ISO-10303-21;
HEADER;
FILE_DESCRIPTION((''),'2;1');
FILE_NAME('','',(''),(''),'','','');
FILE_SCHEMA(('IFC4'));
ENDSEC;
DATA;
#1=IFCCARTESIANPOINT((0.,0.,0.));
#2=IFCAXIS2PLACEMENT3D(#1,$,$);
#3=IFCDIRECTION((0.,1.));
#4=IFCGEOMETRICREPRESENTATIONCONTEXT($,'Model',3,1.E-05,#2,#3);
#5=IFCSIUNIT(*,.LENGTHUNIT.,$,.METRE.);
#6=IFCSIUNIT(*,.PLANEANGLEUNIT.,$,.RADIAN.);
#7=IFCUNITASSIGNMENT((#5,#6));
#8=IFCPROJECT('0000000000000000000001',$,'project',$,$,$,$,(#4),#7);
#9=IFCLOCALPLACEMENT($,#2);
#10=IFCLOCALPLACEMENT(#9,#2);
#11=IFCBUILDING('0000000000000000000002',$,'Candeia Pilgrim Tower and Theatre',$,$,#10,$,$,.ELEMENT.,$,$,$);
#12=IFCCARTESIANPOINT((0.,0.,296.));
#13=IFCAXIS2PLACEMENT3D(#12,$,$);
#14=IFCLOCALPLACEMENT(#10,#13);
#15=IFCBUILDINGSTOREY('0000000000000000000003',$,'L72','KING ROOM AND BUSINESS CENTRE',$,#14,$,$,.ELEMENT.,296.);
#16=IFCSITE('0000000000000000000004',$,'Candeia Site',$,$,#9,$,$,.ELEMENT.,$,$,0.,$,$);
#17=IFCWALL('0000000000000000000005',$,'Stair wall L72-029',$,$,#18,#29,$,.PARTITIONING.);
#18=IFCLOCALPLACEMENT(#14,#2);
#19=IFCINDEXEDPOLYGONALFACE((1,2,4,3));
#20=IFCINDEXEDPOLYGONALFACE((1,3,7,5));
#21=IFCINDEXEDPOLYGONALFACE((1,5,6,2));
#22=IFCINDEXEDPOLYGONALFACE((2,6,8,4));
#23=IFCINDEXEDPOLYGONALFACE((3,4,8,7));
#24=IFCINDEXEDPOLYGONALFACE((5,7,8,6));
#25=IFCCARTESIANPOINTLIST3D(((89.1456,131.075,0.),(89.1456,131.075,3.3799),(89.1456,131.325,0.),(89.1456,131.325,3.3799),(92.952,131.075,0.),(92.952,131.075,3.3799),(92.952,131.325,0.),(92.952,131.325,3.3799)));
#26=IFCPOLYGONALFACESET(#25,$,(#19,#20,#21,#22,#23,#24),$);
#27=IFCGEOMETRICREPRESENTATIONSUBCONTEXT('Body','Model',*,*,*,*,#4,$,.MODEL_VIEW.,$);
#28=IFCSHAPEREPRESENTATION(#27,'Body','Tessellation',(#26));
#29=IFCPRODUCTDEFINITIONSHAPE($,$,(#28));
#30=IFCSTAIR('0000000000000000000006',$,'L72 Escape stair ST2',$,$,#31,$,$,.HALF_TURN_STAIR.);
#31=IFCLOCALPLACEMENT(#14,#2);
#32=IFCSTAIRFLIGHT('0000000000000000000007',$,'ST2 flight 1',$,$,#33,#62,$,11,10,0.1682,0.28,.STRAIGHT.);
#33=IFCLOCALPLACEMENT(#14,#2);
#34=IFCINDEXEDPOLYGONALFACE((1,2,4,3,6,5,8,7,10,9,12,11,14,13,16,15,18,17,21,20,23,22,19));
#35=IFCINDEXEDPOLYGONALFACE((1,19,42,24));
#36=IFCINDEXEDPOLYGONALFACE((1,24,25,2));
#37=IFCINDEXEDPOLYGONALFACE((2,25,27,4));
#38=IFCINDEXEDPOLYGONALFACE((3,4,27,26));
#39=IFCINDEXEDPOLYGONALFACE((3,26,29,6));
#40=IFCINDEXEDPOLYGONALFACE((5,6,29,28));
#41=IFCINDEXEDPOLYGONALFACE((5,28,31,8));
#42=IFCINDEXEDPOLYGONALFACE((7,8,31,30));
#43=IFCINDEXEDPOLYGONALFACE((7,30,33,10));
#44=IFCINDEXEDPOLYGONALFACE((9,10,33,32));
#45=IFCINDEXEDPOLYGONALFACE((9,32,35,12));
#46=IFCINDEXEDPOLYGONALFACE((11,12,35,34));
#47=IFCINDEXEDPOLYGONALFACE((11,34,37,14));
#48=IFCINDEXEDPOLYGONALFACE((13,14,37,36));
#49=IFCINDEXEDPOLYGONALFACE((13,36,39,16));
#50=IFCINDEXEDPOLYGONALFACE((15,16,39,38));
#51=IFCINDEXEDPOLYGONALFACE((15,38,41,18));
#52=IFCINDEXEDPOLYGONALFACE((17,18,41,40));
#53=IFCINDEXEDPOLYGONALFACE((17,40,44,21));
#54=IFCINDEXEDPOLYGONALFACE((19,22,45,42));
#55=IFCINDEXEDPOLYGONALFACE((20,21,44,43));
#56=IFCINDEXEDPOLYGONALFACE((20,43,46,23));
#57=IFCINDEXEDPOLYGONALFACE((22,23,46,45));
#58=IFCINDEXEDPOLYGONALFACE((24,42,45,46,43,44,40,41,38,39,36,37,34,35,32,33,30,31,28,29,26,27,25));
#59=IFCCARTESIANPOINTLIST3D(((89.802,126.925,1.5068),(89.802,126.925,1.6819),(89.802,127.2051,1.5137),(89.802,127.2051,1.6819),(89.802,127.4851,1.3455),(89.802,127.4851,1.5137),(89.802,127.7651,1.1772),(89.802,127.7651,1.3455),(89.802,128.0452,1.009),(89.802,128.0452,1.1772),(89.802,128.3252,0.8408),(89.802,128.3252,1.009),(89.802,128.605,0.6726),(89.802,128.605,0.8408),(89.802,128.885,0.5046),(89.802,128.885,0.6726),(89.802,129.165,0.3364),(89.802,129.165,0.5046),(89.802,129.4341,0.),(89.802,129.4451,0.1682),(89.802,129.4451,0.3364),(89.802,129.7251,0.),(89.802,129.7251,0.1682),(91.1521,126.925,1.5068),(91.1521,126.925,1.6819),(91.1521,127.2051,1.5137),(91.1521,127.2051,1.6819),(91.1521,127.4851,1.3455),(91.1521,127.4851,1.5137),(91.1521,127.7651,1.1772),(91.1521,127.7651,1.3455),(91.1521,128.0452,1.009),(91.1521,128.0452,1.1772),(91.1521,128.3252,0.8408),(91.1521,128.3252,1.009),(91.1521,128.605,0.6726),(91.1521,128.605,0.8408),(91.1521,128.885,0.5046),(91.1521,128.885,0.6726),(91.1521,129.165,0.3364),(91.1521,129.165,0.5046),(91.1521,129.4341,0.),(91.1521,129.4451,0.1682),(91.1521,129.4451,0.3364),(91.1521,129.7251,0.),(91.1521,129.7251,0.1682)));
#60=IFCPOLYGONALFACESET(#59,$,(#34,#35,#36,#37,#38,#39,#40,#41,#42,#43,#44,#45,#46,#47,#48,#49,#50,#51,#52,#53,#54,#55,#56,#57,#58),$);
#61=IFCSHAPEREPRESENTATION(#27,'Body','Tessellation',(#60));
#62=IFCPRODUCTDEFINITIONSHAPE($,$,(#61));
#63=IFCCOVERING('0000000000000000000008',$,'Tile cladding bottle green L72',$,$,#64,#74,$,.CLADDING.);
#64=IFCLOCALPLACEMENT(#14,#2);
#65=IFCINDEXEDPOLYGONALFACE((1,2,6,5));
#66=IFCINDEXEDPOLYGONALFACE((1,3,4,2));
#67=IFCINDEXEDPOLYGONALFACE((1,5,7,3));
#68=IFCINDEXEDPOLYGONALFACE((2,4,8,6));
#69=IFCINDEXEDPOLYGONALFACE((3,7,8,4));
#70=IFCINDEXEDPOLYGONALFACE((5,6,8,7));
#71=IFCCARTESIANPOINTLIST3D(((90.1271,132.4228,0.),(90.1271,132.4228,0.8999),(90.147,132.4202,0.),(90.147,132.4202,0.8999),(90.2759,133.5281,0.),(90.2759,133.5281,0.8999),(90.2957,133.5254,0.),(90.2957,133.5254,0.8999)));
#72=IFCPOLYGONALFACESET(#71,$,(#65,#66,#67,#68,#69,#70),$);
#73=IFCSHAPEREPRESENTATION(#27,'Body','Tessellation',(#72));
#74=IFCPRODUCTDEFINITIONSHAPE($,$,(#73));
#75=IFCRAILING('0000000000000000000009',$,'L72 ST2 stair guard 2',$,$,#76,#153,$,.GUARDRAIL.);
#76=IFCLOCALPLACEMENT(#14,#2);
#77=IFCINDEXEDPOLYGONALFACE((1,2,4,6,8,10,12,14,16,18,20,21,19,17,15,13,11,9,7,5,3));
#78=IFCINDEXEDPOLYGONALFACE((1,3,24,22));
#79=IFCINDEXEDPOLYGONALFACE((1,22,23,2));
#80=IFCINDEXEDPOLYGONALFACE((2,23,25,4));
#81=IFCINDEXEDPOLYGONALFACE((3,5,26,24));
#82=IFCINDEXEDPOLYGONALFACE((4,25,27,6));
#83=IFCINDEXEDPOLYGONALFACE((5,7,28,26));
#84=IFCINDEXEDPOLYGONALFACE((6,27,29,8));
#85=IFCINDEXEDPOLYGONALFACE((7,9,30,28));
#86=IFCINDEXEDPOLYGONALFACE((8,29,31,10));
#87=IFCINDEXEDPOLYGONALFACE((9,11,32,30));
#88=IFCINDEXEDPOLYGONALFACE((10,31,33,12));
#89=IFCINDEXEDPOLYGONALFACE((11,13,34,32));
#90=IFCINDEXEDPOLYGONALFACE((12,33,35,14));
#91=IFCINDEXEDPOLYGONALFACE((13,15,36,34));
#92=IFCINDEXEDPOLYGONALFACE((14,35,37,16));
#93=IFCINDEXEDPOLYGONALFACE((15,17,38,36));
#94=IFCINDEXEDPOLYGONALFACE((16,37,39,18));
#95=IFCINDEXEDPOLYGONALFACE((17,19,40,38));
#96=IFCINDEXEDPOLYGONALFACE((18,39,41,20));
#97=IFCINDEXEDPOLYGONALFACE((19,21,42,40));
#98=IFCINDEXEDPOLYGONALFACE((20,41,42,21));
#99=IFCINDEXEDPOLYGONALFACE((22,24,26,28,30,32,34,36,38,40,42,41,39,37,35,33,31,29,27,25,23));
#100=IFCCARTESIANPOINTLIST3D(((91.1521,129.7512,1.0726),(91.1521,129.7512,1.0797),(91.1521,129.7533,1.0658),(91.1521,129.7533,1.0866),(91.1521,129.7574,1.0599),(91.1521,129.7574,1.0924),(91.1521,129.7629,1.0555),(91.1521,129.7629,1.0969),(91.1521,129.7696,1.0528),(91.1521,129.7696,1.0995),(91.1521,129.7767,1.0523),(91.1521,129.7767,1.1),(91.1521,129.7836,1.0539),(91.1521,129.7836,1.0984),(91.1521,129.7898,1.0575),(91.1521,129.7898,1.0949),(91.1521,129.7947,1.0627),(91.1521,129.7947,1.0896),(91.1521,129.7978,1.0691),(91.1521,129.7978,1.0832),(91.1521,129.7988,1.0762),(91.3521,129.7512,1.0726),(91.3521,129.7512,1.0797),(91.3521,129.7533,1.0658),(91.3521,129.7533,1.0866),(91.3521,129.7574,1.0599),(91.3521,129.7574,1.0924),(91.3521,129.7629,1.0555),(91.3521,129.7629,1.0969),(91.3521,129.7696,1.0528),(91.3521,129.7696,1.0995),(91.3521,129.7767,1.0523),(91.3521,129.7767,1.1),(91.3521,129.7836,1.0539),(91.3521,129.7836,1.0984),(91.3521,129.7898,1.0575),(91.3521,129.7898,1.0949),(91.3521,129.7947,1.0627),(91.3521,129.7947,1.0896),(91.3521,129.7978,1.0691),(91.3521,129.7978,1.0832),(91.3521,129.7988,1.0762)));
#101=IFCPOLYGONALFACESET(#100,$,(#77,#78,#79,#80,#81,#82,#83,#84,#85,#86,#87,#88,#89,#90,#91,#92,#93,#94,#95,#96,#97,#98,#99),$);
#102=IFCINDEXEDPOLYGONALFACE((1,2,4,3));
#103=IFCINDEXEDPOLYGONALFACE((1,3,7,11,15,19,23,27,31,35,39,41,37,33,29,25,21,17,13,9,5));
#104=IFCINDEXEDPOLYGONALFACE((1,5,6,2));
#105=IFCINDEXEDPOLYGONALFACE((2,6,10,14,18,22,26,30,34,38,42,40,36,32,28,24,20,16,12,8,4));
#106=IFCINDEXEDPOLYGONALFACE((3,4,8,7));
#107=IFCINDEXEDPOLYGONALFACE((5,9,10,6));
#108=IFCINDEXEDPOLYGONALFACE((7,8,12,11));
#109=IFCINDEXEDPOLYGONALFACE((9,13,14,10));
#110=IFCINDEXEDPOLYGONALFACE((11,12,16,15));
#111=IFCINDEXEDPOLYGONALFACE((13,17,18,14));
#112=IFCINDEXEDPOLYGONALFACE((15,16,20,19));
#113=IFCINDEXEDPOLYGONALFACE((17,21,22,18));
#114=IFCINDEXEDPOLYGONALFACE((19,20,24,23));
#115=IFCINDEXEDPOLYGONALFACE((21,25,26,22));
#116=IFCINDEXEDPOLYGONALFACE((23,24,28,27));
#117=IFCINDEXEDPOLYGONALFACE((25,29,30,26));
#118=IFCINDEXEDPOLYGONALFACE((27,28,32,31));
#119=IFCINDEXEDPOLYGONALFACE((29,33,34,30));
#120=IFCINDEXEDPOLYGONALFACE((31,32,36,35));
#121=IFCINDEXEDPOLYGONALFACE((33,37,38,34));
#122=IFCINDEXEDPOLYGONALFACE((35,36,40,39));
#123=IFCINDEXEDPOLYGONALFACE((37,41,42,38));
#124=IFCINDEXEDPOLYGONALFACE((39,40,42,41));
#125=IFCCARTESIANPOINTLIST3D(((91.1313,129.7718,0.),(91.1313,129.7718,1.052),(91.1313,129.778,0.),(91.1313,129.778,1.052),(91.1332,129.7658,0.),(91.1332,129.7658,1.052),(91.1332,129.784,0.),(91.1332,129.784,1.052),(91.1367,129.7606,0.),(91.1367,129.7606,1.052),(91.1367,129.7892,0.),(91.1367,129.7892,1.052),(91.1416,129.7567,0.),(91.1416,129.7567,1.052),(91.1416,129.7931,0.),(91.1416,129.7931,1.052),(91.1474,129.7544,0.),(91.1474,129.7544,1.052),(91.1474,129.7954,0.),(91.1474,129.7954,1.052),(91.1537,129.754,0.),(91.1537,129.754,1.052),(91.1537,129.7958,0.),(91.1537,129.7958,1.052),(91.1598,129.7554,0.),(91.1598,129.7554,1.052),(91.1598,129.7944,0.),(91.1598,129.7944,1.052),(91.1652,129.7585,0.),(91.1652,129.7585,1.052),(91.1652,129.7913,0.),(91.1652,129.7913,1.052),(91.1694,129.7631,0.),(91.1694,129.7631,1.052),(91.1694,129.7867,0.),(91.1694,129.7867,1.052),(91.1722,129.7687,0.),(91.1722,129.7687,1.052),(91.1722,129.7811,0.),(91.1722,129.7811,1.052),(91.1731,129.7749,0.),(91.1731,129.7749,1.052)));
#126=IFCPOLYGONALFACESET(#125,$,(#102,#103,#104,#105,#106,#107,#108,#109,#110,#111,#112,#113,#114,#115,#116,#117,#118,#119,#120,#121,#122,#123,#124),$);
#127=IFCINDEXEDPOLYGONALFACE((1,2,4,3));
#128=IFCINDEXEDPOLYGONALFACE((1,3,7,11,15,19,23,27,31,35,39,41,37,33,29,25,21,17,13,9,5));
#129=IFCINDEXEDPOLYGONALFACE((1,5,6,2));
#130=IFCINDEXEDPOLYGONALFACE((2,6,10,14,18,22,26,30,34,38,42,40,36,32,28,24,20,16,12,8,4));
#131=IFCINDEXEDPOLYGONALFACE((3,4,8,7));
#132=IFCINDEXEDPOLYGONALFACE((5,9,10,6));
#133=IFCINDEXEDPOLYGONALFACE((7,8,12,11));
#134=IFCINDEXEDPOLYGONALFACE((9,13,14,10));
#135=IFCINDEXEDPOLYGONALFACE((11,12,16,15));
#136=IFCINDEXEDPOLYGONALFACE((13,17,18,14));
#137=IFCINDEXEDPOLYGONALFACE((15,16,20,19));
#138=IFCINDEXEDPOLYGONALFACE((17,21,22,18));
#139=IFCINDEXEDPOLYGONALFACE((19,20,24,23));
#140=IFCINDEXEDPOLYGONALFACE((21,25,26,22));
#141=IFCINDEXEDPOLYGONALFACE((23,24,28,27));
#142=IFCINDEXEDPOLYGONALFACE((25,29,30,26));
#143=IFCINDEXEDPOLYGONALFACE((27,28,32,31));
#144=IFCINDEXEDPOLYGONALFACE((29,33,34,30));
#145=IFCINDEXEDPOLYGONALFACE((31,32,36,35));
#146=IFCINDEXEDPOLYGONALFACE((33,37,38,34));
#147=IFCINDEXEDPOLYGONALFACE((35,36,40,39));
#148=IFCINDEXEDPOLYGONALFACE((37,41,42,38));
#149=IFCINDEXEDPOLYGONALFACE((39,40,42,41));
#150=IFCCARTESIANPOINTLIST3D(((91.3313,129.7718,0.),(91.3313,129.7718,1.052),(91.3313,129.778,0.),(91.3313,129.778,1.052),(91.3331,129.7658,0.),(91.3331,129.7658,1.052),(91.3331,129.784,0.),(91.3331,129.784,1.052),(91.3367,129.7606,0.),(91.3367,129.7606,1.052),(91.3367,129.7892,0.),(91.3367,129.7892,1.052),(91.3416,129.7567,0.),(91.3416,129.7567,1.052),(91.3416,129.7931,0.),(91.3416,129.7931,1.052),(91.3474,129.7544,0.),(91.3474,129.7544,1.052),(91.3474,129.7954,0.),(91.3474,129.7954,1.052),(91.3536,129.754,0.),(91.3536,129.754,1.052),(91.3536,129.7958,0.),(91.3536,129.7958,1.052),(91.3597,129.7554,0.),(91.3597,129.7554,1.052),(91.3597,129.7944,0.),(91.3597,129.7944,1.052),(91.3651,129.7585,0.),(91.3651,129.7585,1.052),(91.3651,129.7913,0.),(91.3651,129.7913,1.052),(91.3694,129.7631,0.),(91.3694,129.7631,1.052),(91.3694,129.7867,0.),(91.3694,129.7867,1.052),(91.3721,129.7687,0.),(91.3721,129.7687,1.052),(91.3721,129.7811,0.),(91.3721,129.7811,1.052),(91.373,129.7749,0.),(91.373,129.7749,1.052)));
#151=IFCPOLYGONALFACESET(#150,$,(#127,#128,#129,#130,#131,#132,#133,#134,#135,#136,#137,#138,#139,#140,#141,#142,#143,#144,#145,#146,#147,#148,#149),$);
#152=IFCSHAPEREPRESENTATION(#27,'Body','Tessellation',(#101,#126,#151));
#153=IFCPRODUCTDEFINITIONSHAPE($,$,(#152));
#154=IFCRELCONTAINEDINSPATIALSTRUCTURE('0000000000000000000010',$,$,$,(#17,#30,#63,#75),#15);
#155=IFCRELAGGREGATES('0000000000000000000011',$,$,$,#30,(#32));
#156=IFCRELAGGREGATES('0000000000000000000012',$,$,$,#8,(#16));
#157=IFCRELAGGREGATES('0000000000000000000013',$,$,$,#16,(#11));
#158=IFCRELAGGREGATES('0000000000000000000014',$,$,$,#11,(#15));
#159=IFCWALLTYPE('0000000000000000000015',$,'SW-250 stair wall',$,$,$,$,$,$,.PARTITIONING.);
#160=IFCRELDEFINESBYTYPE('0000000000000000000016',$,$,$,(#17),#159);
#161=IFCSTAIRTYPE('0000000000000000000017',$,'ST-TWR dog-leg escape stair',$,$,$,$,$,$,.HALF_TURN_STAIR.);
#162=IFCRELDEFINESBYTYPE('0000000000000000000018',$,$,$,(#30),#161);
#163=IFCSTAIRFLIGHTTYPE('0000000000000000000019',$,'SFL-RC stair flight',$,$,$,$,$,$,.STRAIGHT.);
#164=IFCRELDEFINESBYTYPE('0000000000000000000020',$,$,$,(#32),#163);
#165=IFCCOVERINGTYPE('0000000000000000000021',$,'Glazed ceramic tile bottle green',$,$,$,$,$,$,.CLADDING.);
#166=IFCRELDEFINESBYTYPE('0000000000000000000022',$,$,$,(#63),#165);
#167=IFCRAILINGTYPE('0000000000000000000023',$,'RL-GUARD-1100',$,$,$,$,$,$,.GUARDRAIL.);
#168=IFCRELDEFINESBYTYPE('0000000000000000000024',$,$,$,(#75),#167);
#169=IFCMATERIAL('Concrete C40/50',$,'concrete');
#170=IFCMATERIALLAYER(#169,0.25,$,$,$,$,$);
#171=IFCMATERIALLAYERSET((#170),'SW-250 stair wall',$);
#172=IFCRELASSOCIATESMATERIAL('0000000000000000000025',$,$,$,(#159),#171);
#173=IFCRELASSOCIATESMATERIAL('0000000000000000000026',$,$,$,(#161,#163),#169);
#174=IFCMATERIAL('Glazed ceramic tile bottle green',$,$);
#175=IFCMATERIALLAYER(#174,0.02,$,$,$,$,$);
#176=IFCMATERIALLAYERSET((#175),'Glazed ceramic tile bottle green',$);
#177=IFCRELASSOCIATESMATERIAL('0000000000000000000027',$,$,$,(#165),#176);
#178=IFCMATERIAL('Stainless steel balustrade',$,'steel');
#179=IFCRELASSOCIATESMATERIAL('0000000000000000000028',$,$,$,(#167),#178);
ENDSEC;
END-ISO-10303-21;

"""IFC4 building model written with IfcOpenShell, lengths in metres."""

from ifc_helpers import new_model, si_unit, direction, frame, frame_2d, origin, origin_2d, place, context, subcontext, project, spatial, polyline, rectangle, circle, outline, extrude, material, layer, layer_set, type_object, element, aggregate, save


model = new_model("IFC4")

# Units and contexts
model_context = context("Model", 3, precision=1e-05, world=origin(), true_north=direction((0.0, 1.0)))
body_context = subcontext(model_context, "Body", "Model", "MODEL_VIEW")
ifc_project = project(units=[si_unit("LENGTHUNIT", "METRE"), si_unit("PLANEANGLEUNIT", "RADIAN")], contexts=[model_context])

# Site, building, storey
site_placement = place(None, origin())
site = spatial("IfcSite", under=ifc_project, at=site_placement, Name="Candeia Site", CompositionType="ELEMENT", RefElevation=0.0)
building_placement = place(site_placement, origin())
building = spatial("IfcBuilding", under=site, at=building_placement, Name="Candeia Pilgrim Tower and Theatre", CompositionType="ELEMENT")
storey_placement = place(building_placement, frame((0.0, 0.0, 296.0)))
storey = spatial("IfcBuildingStorey", under=building, at=storey_placement, Name="L72", Description="KING ROOM AND BUSINESS CENTRE", CompositionType="ELEMENT", Elevation=296.0)

# Shared definitions
ifc_material_1 = material(Name="Concrete C40/50", Category="concrete")

# Wall
ifc_layer_1 = layer(ifc_material_1, 0.25)
ifc_layer_set_1 = layer_set([ifc_layer_1], Name="SW-250 stair wall")
wall_type_1 = type_object("IfcWallType", Name="SW-250 stair wall", PredefinedType="PARTITIONING", material=ifc_layer_set_1)
wall_1_placement = place(storey_placement, frame((89.1455, 131.2, 0.0), z_axis=(0.0, 0.0, 1.0), x_axis=(1.0, 0.0, 0.0)))
element("IfcWall", 1, at=wall_1_placement, inside=storey, type_object=wall_type_1, Name="Stair wall L72-029", PredefinedType="PARTITIONING", context=body_context, shape_type="SweptSolid", body=[
    extrude(rectangle(XDim=3.8064, YDim=0.25, at=frame_2d((1.9033, 0.0))), origin(), (0.0, 0.0, 1.0), 3.3799),
])

# Stair, stair flight
stair_type = type_object("IfcStairType", Name="ST-TWR dog-leg escape stair", PredefinedType="HALF_TURN_STAIR", material=ifc_material_1)
stair_placement = place(storey_placement, origin())
stair = element("IfcStair", 2, at=stair_placement, inside=storey, type_object=stair_type, Name="L72 Escape stair ST2", PredefinedType="HALF_TURN_STAIR")
stair_flight_type = type_object("IfcStairFlightType", Name="SFL-RC stair flight", PredefinedType="STRAIGHT", material=ifc_material_1)
stair_flight_placement = place(storey_placement, frame((90.4771, 129.7251, 0.0), z_axis=(0.0, 0.0, 1.0), x_axis=(0.0, -1.0, 0.0)))
stair_flight = element("IfcStairFlight", 3, at=stair_flight_placement, type_object=stair_flight_type, Name="ST2 flight 1", NumberOfRisers=11, NumberOfTreads=10, PredefinedType="STRAIGHT", RiserHeight=0.1682, TreadLength=0.28, context=body_context, shape_type="SweptSolid", body=[
    extrude(outline(polyline([(0.0, 0.0), (0.0, 0.1682), (0.28, 0.1682), (0.28, 0.3364), (0.5601, 0.3364), (0.5601, 0.5046), (0.8401, 0.5046), (0.8401, 0.6726), (1.1201, 0.6726), (1.1201, 0.8408), (1.3999, 0.8408), (1.3999, 1.009), (1.6799, 1.009), (1.6799, 1.1772), (1.96, 1.1772), (1.96, 1.3455), (2.24, 1.3455), (2.24, 1.5137), (2.52, 1.5137), (2.52, 1.6819), (2.8, 1.6819), (2.8, 1.8501), (2.8, 1.5068), (0.291, 0.0), (0.0, 0.0)])), frame((0.0, 0.675, 0.0), z_axis=(0.0, -1.0, 0.0), x_axis=(1.0, 0.0, 0.0)), (0.0, 0.0, 1.0), 1.3501),
])
aggregate(stair, [stair_flight])

# Shared definitions
ifc_material_2 = material(Name="Stainless steel balustrade", Category="steel")

# Covering
ifc_material_3 = material(Name="Glazed ceramic tile bottle green")
ifc_layer_2 = layer(ifc_material_3, 0.02)
ifc_layer_set_2 = layer_set([ifc_layer_2], Name="Glazed ceramic tile bottle green")
covering_type = type_object("IfcCoveringType", Name="Glazed ceramic tile bottle green", PredefinedType="CLADDING", material=ifc_layer_set_2)
covering_placement = place(storey_placement, frame((90.2114, 132.9741, 0.0), z_axis=(0.0, 0.0, 1.0), x_axis=(-0.133412, -0.991061, 0.0)))
element("IfcCovering", 4, at=covering_placement, inside=storey, type_object=covering_type, Name="Tile cladding bottle green L72", PredefinedType="CLADDING", context=body_context, shape_type="SweptSolid", body=[
    extrude(rectangle(XDim=1.1152, YDim=0.02, at=origin_2d()), origin(), (0.0, 0.0, 1.0), 0.8999),
])

# Railing
railing_type_1 = type_object("IfcRailingType", Name="RL-GUARD-1100", PredefinedType="GUARDRAIL", material=ifc_material_2)
railing_1_placement = place(storey_placement, frame((91.1521, 129.7749, 0.0)))
element("IfcRailing", 5, at=railing_1_placement, inside=storey, type_object=railing_type_1, Name="L72 ST2 stair guard 2", PredefinedType="GUARDRAIL", context=body_context, shape_type="SweptSolid", body=[
    extrude(circle(Radius=0.0239, at=origin_2d()), frame((0.0, 0.0, 1.0762), z_axis=(1.0, 0.0, 0.0), x_axis=(0.0, 1.0, 0.0)), (0.0, 0.0, 1.0), 0.2),
    extrude(circle(Radius=0.021, at=origin_2d()), origin(), (0.0, 0.0, 1.0), 1.052),
    extrude(circle(Radius=0.021, at=origin_2d()), frame((0.2, 0.0, 0.0)), (0.0, 0.0, 1.0), 1.052),
])

save(model, "model.ifc")
